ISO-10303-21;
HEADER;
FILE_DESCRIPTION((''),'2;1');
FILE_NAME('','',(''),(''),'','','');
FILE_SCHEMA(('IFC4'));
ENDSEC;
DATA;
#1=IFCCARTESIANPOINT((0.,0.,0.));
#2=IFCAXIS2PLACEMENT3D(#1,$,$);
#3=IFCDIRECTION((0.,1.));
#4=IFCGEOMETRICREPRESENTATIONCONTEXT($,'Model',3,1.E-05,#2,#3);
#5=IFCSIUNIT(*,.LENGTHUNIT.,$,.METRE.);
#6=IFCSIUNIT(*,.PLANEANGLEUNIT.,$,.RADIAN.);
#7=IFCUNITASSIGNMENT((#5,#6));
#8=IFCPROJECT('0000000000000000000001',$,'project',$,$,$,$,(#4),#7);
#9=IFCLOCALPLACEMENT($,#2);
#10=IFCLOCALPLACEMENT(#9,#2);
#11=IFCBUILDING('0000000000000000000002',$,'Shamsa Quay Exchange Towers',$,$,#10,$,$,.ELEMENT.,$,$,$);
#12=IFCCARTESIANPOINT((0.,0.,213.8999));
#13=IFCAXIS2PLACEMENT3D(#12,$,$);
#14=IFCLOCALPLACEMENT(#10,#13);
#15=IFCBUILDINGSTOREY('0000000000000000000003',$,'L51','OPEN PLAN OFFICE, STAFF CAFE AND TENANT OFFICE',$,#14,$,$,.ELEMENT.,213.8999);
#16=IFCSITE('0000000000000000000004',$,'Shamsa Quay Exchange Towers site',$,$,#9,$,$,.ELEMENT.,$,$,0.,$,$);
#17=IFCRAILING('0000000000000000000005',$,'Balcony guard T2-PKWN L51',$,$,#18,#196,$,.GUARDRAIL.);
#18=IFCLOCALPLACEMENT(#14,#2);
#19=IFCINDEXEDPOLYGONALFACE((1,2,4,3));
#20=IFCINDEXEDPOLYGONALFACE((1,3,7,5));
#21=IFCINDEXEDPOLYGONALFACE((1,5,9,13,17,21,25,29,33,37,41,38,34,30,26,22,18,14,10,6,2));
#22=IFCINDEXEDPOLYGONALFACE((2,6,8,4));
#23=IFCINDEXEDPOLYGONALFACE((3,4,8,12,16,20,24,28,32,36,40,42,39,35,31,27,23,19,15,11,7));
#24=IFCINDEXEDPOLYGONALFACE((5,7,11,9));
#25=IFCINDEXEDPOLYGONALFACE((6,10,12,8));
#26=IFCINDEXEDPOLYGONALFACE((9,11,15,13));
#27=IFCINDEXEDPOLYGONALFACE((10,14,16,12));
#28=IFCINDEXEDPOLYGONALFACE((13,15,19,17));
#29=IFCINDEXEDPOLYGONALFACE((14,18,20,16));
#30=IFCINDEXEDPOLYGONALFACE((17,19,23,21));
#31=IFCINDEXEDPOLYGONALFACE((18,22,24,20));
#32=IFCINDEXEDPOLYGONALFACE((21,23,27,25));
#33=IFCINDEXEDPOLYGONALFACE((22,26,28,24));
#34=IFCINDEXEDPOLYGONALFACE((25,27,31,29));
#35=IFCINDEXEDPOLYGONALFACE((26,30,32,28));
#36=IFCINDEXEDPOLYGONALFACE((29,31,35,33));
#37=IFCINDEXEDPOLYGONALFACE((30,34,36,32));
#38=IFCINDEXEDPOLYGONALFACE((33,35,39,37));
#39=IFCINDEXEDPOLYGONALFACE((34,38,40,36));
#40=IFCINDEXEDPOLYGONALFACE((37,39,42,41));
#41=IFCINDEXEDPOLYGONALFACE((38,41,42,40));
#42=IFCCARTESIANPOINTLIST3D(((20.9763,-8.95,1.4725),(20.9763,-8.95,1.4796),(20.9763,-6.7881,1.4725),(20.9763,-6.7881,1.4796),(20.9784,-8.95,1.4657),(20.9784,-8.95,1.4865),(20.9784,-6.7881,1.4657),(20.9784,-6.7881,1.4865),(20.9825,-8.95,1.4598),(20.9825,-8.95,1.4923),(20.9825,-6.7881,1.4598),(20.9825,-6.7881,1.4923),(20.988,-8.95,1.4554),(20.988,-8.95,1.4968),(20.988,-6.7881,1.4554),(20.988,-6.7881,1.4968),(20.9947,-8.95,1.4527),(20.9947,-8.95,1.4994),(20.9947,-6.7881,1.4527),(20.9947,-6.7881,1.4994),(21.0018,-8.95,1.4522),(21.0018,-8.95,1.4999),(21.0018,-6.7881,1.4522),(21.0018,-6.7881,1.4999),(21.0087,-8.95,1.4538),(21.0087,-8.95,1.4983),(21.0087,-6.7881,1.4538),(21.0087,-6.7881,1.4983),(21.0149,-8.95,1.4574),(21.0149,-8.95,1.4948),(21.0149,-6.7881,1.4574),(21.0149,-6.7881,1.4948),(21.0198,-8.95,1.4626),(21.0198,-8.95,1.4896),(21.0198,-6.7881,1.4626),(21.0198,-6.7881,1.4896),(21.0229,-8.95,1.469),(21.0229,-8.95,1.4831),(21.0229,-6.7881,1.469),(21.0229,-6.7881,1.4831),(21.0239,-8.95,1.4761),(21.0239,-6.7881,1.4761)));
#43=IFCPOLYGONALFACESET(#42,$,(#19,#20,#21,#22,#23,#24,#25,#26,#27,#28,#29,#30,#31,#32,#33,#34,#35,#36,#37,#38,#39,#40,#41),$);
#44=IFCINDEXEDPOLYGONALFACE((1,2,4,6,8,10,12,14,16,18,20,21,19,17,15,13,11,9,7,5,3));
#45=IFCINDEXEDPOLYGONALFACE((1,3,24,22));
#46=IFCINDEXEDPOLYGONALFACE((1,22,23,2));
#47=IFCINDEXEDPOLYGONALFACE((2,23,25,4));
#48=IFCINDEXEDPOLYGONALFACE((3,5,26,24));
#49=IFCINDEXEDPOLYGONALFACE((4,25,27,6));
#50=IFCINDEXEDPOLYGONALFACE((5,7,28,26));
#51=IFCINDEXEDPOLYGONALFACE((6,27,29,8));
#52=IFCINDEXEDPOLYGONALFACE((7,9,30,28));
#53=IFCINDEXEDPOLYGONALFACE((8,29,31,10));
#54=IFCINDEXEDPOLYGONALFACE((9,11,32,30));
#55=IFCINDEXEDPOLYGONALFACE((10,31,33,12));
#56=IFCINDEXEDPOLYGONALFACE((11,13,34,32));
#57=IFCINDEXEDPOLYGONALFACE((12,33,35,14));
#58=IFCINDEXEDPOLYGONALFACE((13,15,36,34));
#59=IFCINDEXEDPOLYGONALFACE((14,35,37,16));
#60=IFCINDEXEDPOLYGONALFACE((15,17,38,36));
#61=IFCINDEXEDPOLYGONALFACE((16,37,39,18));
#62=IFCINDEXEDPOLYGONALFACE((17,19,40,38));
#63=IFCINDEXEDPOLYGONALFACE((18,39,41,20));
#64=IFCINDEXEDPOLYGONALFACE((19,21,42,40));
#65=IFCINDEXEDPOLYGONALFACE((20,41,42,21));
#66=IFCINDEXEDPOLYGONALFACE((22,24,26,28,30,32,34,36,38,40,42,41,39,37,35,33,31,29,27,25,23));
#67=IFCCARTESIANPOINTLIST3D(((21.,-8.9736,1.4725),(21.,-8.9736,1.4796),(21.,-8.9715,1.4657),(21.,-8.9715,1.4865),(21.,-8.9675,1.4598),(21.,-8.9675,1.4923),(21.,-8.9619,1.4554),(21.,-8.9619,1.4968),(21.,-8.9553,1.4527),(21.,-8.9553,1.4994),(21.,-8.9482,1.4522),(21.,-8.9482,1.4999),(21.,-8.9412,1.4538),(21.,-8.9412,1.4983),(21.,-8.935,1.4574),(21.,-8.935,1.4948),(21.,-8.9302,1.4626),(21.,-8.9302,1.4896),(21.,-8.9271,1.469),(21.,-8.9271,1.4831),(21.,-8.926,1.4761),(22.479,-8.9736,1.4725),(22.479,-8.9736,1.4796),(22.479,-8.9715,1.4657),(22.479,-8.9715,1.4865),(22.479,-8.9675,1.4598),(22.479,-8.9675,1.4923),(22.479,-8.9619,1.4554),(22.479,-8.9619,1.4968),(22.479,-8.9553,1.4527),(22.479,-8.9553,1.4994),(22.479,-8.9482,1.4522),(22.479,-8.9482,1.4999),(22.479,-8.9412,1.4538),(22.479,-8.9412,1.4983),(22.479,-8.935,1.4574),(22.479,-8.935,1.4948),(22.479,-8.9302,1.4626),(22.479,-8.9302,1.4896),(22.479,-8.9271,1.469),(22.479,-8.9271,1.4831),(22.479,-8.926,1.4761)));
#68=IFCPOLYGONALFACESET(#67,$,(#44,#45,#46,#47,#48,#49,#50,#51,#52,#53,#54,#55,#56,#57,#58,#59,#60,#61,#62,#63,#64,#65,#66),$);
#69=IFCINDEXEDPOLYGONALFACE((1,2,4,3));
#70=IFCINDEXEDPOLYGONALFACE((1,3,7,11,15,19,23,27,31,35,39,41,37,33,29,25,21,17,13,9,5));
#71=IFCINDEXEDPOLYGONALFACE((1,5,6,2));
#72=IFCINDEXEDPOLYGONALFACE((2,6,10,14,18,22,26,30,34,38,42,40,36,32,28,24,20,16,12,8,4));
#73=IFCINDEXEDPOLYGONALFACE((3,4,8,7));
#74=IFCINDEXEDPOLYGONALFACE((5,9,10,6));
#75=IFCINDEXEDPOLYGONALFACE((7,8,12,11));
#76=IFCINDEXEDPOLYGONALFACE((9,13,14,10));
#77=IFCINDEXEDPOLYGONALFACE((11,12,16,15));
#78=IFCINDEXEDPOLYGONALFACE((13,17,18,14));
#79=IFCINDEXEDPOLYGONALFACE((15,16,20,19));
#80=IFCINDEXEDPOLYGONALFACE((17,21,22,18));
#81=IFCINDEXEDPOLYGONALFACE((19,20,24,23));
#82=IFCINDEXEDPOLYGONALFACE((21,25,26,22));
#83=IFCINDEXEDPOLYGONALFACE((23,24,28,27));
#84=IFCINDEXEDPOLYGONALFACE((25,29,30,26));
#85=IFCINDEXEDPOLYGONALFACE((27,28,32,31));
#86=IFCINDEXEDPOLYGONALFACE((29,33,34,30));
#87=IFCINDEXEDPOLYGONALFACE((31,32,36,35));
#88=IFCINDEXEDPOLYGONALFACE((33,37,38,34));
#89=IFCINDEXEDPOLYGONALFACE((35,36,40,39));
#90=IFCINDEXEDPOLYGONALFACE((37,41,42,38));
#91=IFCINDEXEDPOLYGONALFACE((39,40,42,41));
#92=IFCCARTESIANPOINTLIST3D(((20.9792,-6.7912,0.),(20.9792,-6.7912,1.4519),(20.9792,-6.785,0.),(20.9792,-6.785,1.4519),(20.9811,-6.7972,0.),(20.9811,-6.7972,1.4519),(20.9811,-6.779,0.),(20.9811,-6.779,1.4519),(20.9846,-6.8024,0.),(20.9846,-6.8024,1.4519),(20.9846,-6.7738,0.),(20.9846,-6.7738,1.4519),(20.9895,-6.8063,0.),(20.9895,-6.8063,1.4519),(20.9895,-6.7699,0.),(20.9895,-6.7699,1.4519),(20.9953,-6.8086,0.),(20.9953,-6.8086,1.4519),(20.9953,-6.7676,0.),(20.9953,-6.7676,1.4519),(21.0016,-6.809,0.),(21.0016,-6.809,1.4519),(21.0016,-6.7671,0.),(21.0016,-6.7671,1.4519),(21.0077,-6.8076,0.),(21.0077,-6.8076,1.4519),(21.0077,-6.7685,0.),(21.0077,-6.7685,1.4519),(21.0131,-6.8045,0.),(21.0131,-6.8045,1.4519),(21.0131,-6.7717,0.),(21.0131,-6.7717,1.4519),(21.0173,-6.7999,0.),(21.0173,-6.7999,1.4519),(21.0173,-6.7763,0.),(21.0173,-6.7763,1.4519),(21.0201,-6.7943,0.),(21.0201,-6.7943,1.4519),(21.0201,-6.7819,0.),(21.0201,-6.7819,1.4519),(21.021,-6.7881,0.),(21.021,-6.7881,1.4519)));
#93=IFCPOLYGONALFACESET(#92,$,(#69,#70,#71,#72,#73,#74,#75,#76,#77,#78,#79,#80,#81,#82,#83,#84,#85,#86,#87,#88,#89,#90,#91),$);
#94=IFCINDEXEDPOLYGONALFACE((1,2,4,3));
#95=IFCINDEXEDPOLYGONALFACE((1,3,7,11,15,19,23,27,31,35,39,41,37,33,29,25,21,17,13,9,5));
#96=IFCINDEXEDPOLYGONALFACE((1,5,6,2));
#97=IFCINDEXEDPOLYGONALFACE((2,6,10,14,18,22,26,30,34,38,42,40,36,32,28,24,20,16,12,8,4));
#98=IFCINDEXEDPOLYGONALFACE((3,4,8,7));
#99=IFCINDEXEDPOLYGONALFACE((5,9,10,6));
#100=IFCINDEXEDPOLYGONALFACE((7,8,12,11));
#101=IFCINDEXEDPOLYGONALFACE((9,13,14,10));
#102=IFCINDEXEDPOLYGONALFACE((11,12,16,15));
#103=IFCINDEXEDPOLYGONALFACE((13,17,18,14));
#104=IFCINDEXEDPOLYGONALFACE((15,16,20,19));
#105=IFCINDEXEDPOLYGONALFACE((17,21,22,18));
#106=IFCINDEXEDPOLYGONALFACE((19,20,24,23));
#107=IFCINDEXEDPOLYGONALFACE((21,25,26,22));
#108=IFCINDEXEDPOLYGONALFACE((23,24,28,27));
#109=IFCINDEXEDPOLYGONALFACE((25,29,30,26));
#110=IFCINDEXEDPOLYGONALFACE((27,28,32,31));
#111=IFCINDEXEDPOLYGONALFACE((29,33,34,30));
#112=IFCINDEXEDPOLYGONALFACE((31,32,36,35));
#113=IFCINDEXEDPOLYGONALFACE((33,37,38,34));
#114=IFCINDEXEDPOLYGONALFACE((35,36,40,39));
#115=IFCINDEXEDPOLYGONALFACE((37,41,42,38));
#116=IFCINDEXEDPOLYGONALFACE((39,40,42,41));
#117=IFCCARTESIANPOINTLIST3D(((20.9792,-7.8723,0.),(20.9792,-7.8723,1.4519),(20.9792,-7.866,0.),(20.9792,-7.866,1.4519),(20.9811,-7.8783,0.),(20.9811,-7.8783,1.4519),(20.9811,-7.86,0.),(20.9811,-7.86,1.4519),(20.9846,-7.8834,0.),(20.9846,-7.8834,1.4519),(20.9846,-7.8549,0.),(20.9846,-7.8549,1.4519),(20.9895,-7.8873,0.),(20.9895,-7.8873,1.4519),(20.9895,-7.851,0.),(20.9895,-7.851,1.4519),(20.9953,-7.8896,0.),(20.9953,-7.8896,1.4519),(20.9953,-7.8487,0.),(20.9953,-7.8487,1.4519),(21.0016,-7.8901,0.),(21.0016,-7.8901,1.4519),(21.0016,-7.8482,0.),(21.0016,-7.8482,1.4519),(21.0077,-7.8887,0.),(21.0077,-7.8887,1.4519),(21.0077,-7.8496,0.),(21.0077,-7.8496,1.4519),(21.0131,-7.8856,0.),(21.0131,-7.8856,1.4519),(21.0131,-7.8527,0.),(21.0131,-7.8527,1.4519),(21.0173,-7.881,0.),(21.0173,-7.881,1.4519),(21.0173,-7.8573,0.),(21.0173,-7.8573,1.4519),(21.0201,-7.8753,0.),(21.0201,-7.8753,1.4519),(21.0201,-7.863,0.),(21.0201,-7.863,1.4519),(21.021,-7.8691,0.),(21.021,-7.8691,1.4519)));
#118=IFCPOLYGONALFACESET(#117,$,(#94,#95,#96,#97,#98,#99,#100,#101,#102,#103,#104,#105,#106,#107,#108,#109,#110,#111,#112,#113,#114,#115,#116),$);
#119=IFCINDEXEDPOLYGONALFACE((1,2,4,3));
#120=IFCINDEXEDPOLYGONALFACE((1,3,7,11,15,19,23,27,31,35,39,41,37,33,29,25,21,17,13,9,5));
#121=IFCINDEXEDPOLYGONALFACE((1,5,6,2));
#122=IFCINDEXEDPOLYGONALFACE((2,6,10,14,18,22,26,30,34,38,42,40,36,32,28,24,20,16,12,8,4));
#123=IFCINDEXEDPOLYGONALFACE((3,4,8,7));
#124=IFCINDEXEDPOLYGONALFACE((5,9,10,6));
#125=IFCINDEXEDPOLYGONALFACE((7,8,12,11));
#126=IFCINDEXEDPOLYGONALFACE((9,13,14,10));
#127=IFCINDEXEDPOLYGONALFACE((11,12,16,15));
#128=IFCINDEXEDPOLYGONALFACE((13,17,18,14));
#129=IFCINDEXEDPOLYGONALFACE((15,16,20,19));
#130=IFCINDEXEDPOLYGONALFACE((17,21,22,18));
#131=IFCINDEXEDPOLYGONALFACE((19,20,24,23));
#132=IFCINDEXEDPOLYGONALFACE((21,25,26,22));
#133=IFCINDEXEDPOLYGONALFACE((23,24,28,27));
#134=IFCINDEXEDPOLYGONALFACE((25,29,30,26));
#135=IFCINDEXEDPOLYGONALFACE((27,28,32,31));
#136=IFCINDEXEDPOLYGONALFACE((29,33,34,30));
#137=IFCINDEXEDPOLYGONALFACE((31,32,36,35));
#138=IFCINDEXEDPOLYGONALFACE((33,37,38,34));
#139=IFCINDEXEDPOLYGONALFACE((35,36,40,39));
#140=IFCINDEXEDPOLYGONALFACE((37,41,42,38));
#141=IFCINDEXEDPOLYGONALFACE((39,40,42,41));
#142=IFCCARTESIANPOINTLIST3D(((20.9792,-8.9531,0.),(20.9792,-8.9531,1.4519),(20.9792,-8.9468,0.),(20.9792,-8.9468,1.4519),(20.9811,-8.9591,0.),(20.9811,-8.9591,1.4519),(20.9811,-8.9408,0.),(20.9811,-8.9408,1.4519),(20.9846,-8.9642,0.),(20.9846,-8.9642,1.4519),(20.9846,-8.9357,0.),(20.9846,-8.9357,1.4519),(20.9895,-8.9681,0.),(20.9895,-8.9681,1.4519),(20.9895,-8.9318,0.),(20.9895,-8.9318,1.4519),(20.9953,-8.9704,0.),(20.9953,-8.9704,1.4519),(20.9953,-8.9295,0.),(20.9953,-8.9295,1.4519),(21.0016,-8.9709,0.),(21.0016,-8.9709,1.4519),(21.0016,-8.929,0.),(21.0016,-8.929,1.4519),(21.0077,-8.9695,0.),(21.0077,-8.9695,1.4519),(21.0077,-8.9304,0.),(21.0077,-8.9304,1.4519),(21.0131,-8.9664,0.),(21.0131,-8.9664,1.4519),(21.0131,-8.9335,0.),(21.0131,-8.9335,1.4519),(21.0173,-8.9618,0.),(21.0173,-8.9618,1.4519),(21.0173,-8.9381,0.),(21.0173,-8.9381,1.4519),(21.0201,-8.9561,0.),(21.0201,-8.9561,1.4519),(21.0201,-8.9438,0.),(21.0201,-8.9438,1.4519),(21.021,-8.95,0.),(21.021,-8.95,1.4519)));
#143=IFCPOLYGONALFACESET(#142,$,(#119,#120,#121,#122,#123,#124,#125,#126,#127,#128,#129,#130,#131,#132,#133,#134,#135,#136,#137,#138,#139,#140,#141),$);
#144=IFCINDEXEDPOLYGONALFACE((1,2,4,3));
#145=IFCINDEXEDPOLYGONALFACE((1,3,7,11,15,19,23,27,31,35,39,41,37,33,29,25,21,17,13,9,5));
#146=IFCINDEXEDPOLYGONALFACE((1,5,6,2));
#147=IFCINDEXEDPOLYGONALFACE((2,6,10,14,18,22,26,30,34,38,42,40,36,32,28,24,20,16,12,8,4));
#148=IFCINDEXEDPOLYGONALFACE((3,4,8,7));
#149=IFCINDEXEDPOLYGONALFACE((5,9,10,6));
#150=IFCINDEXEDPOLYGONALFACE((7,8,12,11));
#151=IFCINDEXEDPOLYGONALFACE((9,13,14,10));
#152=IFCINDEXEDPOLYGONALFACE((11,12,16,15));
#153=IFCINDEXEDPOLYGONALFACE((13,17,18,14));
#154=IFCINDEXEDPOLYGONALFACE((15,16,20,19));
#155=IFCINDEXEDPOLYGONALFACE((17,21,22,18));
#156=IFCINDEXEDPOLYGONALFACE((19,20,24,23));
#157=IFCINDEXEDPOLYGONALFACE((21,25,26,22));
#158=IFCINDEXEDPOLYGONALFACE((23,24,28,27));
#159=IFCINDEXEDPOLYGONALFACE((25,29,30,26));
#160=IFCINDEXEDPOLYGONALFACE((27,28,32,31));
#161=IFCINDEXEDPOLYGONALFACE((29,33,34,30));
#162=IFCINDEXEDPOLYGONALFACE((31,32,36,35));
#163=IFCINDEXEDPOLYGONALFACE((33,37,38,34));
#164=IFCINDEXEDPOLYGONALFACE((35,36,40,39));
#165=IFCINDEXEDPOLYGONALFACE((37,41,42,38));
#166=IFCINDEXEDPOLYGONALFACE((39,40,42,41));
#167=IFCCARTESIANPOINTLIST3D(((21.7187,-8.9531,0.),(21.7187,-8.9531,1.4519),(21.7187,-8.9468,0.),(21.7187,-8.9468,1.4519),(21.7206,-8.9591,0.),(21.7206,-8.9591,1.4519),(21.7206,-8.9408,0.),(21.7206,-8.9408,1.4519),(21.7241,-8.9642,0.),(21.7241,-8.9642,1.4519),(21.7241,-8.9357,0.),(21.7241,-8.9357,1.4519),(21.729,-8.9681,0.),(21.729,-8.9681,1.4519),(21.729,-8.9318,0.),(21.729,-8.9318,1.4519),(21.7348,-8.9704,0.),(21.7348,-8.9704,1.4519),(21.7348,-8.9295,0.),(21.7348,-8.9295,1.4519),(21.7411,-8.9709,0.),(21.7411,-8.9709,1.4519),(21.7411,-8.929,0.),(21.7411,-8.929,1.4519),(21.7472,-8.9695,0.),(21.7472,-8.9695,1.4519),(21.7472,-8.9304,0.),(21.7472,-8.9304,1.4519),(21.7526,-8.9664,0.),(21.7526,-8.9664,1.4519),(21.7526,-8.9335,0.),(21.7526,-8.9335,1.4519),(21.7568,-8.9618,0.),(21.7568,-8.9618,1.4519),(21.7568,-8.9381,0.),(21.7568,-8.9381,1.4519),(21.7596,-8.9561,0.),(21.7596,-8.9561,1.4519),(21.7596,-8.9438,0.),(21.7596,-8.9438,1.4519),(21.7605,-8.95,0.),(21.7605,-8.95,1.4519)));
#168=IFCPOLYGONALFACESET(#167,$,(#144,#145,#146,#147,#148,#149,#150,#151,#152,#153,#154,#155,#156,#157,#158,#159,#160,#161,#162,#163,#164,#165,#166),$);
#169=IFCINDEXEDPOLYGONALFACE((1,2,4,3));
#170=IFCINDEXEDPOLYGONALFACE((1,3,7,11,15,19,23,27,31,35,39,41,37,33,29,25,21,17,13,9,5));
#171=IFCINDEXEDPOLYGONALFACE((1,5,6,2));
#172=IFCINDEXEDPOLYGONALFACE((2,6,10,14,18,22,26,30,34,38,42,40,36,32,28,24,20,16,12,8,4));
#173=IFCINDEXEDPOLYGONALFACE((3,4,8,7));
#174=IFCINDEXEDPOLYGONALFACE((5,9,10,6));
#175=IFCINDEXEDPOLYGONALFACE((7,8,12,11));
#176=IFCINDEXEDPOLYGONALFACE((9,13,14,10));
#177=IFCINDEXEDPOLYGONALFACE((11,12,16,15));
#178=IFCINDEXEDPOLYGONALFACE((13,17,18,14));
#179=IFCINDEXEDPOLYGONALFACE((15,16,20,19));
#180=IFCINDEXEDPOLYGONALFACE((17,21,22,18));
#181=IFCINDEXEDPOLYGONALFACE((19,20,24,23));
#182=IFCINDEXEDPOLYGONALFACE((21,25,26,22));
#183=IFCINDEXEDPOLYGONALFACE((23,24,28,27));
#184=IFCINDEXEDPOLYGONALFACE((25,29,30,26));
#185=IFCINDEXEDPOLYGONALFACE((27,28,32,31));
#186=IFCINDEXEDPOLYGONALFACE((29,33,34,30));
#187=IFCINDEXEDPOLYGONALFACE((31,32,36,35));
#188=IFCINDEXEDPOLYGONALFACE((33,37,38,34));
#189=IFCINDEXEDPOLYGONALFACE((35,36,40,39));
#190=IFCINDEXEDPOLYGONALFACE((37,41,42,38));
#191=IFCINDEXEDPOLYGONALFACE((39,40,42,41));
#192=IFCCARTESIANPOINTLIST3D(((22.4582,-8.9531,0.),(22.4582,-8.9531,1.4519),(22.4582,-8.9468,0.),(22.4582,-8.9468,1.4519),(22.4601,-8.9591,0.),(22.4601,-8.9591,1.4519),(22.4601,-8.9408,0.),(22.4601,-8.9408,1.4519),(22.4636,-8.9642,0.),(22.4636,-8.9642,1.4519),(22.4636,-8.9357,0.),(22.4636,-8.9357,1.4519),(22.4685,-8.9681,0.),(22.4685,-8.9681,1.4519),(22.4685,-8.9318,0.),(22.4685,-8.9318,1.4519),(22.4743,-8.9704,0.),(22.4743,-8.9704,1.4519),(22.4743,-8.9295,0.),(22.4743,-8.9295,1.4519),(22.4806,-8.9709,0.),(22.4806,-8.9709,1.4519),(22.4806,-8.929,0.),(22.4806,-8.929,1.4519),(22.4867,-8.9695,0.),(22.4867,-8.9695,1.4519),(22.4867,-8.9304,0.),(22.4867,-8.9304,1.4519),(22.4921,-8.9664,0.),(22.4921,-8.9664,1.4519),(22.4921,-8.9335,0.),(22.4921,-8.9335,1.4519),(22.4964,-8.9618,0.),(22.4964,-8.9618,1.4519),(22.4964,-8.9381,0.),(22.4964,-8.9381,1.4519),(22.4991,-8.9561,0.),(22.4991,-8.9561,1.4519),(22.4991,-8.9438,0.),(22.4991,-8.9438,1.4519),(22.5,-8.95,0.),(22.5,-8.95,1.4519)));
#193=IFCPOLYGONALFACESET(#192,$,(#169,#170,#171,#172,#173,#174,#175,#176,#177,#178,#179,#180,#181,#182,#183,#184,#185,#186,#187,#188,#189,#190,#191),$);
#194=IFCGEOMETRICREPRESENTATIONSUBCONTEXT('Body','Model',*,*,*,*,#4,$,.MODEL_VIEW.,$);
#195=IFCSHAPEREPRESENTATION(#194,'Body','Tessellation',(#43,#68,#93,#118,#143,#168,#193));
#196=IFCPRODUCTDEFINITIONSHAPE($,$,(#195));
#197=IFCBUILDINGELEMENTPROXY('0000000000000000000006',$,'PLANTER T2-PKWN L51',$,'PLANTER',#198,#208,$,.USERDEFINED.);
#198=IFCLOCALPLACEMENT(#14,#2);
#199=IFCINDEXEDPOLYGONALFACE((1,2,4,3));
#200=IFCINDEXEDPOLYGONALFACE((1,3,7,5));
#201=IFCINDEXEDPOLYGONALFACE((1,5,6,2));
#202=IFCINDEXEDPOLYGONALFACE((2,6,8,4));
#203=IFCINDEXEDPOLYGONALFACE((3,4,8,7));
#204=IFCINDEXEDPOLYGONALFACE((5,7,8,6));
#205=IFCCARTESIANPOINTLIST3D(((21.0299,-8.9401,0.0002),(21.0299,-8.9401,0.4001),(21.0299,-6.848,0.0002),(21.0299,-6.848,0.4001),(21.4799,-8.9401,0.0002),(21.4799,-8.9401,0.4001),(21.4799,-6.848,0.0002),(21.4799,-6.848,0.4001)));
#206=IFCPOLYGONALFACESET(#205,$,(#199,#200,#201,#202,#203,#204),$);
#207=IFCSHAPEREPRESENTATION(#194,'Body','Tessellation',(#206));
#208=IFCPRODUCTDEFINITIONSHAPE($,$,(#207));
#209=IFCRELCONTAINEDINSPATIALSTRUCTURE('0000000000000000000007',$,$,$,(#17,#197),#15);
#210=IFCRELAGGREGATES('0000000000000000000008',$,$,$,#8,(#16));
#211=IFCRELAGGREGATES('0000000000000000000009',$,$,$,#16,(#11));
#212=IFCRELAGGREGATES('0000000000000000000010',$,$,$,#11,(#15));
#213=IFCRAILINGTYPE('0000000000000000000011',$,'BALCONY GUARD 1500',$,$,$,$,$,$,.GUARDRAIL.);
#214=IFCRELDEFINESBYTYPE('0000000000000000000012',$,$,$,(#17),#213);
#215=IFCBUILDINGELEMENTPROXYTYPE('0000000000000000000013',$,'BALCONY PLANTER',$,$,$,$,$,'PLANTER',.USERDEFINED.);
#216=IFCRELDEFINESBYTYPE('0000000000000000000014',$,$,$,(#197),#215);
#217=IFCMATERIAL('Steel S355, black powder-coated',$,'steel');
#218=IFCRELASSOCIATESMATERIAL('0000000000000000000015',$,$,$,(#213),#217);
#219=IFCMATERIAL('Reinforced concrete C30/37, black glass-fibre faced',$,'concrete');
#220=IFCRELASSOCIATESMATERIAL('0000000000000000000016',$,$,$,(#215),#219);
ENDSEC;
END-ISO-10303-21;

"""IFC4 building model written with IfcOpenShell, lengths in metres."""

from ifc_helpers import new_model, si_unit, direction, frame, origin, origin_2d, place, context, subcontext, project, spatial, rectangle, circle, extrude, material, type_object, element, save


model = new_model("IFC4")

# Units and contexts
model_context = context("Model", 3, precision=1e-05, world=origin(), true_north=direction((0.0, 1.0)))
body_context = subcontext(model_context, "Body", "Model", "MODEL_VIEW")
ifc_project = project(units=[si_unit("LENGTHUNIT", "METRE"), si_unit("PLANEANGLEUNIT", "RADIAN")], contexts=[model_context])

# Site, building, storey
site_placement = place(None, origin())
site = spatial("IfcSite", under=ifc_project, at=site_placement, Name="Shamsa Quay Exchange Towers site", CompositionType="ELEMENT", RefElevation=0.0)
building_placement = place(site_placement, origin())
building = spatial("IfcBuilding", under=site, at=building_placement, Name="Shamsa Quay Exchange Towers", CompositionType="ELEMENT")
storey_placement = place(building_placement, frame((0.0, 0.0, 213.8999)))
storey = spatial("IfcBuildingStorey", under=building, at=storey_placement, Name="L51", Description="OPEN PLAN OFFICE, STAFF CAFE AND TENANT OFFICE", CompositionType="ELEMENT", Elevation=213.8999)

# Railing
ifc_material_1 = material(Name="Steel S355, black powder-coated", Category="steel")
railing_type_1 = type_object("IfcRailingType", Name="BALCONY GUARD 1500", PredefinedType="GUARDRAIL", material=ifc_material_1)
railing_1_placement = place(storey_placement, frame((21.0, -6.7881, 0.0)))
element("IfcRailing", 1, at=railing_1_placement, inside=storey, type_object=railing_type_1, Name="Balcony guard T2-PKWN L51", PredefinedType="GUARDRAIL", context=body_context, shape_type="SweptSolid", body=[
    extrude(circle(Radius=0.0239, at=origin_2d()), frame((0.0, 0.0, 1.4761), z_axis=(0.0, -1.0, 0.0), x_axis=(1.0, 0.0, 0.0)), (0.0, 0.0, 1.0), 2.1619),
    extrude(circle(Radius=0.0239, at=origin_2d()), frame((0.0, -2.1619, 1.4761), z_axis=(1.0, 0.0, 0.0), x_axis=(0.0, 1.0, 0.0)), (0.0, 0.0, 1.0), 1.479),
    extrude(circle(Radius=0.021, at=origin_2d()), origin(), (0.0, 0.0, 1.0), 1.4519),
    extrude(circle(Radius=0.021, at=origin_2d()), frame((0.0, -1.0811, 0.0)), (0.0, 0.0, 1.0), 1.4519),
    extrude(circle(Radius=0.021, at=origin_2d()), frame((0.0, -2.1619, 0.0)), (0.0, 0.0, 1.0), 1.4519),
    extrude(circle(Radius=0.021, at=origin_2d()), frame((0.7395, -2.1619, 0.0)), (0.0, 0.0, 1.0), 1.4519),
    extrude(circle(Radius=0.021, at=origin_2d()), frame((1.479, -2.1619, 0.0)), (0.0, 0.0, 1.0), 1.4519),
])

# Building element proxy
ifc_material_2 = material(Name="Reinforced concrete C30/37, black glass-fibre faced", Category="concrete")
building_element_proxy_type = type_object("IfcBuildingElementProxyType", Name="BALCONY PLANTER", ElementType="PLANTER", PredefinedType="USERDEFINED", material=ifc_material_2)
proxy_placement = place(storey_placement, frame((21.2549, -7.894, 0.0002), z_axis=(0.0, 0.0, 1.0), x_axis=(0.0, -1.0, 0.0)))
element("IfcBuildingElementProxy", 2, at=proxy_placement, inside=storey, type_object=building_element_proxy_type, Name="PLANTER T2-PKWN L51", ObjectType="PLANTER", PredefinedType="USERDEFINED", context=body_context, shape_type="SweptSolid", body=[
    extrude(rectangle(XDim=2.092, YDim=0.45, at=origin_2d()), origin(), (0.0, 0.0, 1.0), 0.3999),
])

save(model, "model.ifc")
